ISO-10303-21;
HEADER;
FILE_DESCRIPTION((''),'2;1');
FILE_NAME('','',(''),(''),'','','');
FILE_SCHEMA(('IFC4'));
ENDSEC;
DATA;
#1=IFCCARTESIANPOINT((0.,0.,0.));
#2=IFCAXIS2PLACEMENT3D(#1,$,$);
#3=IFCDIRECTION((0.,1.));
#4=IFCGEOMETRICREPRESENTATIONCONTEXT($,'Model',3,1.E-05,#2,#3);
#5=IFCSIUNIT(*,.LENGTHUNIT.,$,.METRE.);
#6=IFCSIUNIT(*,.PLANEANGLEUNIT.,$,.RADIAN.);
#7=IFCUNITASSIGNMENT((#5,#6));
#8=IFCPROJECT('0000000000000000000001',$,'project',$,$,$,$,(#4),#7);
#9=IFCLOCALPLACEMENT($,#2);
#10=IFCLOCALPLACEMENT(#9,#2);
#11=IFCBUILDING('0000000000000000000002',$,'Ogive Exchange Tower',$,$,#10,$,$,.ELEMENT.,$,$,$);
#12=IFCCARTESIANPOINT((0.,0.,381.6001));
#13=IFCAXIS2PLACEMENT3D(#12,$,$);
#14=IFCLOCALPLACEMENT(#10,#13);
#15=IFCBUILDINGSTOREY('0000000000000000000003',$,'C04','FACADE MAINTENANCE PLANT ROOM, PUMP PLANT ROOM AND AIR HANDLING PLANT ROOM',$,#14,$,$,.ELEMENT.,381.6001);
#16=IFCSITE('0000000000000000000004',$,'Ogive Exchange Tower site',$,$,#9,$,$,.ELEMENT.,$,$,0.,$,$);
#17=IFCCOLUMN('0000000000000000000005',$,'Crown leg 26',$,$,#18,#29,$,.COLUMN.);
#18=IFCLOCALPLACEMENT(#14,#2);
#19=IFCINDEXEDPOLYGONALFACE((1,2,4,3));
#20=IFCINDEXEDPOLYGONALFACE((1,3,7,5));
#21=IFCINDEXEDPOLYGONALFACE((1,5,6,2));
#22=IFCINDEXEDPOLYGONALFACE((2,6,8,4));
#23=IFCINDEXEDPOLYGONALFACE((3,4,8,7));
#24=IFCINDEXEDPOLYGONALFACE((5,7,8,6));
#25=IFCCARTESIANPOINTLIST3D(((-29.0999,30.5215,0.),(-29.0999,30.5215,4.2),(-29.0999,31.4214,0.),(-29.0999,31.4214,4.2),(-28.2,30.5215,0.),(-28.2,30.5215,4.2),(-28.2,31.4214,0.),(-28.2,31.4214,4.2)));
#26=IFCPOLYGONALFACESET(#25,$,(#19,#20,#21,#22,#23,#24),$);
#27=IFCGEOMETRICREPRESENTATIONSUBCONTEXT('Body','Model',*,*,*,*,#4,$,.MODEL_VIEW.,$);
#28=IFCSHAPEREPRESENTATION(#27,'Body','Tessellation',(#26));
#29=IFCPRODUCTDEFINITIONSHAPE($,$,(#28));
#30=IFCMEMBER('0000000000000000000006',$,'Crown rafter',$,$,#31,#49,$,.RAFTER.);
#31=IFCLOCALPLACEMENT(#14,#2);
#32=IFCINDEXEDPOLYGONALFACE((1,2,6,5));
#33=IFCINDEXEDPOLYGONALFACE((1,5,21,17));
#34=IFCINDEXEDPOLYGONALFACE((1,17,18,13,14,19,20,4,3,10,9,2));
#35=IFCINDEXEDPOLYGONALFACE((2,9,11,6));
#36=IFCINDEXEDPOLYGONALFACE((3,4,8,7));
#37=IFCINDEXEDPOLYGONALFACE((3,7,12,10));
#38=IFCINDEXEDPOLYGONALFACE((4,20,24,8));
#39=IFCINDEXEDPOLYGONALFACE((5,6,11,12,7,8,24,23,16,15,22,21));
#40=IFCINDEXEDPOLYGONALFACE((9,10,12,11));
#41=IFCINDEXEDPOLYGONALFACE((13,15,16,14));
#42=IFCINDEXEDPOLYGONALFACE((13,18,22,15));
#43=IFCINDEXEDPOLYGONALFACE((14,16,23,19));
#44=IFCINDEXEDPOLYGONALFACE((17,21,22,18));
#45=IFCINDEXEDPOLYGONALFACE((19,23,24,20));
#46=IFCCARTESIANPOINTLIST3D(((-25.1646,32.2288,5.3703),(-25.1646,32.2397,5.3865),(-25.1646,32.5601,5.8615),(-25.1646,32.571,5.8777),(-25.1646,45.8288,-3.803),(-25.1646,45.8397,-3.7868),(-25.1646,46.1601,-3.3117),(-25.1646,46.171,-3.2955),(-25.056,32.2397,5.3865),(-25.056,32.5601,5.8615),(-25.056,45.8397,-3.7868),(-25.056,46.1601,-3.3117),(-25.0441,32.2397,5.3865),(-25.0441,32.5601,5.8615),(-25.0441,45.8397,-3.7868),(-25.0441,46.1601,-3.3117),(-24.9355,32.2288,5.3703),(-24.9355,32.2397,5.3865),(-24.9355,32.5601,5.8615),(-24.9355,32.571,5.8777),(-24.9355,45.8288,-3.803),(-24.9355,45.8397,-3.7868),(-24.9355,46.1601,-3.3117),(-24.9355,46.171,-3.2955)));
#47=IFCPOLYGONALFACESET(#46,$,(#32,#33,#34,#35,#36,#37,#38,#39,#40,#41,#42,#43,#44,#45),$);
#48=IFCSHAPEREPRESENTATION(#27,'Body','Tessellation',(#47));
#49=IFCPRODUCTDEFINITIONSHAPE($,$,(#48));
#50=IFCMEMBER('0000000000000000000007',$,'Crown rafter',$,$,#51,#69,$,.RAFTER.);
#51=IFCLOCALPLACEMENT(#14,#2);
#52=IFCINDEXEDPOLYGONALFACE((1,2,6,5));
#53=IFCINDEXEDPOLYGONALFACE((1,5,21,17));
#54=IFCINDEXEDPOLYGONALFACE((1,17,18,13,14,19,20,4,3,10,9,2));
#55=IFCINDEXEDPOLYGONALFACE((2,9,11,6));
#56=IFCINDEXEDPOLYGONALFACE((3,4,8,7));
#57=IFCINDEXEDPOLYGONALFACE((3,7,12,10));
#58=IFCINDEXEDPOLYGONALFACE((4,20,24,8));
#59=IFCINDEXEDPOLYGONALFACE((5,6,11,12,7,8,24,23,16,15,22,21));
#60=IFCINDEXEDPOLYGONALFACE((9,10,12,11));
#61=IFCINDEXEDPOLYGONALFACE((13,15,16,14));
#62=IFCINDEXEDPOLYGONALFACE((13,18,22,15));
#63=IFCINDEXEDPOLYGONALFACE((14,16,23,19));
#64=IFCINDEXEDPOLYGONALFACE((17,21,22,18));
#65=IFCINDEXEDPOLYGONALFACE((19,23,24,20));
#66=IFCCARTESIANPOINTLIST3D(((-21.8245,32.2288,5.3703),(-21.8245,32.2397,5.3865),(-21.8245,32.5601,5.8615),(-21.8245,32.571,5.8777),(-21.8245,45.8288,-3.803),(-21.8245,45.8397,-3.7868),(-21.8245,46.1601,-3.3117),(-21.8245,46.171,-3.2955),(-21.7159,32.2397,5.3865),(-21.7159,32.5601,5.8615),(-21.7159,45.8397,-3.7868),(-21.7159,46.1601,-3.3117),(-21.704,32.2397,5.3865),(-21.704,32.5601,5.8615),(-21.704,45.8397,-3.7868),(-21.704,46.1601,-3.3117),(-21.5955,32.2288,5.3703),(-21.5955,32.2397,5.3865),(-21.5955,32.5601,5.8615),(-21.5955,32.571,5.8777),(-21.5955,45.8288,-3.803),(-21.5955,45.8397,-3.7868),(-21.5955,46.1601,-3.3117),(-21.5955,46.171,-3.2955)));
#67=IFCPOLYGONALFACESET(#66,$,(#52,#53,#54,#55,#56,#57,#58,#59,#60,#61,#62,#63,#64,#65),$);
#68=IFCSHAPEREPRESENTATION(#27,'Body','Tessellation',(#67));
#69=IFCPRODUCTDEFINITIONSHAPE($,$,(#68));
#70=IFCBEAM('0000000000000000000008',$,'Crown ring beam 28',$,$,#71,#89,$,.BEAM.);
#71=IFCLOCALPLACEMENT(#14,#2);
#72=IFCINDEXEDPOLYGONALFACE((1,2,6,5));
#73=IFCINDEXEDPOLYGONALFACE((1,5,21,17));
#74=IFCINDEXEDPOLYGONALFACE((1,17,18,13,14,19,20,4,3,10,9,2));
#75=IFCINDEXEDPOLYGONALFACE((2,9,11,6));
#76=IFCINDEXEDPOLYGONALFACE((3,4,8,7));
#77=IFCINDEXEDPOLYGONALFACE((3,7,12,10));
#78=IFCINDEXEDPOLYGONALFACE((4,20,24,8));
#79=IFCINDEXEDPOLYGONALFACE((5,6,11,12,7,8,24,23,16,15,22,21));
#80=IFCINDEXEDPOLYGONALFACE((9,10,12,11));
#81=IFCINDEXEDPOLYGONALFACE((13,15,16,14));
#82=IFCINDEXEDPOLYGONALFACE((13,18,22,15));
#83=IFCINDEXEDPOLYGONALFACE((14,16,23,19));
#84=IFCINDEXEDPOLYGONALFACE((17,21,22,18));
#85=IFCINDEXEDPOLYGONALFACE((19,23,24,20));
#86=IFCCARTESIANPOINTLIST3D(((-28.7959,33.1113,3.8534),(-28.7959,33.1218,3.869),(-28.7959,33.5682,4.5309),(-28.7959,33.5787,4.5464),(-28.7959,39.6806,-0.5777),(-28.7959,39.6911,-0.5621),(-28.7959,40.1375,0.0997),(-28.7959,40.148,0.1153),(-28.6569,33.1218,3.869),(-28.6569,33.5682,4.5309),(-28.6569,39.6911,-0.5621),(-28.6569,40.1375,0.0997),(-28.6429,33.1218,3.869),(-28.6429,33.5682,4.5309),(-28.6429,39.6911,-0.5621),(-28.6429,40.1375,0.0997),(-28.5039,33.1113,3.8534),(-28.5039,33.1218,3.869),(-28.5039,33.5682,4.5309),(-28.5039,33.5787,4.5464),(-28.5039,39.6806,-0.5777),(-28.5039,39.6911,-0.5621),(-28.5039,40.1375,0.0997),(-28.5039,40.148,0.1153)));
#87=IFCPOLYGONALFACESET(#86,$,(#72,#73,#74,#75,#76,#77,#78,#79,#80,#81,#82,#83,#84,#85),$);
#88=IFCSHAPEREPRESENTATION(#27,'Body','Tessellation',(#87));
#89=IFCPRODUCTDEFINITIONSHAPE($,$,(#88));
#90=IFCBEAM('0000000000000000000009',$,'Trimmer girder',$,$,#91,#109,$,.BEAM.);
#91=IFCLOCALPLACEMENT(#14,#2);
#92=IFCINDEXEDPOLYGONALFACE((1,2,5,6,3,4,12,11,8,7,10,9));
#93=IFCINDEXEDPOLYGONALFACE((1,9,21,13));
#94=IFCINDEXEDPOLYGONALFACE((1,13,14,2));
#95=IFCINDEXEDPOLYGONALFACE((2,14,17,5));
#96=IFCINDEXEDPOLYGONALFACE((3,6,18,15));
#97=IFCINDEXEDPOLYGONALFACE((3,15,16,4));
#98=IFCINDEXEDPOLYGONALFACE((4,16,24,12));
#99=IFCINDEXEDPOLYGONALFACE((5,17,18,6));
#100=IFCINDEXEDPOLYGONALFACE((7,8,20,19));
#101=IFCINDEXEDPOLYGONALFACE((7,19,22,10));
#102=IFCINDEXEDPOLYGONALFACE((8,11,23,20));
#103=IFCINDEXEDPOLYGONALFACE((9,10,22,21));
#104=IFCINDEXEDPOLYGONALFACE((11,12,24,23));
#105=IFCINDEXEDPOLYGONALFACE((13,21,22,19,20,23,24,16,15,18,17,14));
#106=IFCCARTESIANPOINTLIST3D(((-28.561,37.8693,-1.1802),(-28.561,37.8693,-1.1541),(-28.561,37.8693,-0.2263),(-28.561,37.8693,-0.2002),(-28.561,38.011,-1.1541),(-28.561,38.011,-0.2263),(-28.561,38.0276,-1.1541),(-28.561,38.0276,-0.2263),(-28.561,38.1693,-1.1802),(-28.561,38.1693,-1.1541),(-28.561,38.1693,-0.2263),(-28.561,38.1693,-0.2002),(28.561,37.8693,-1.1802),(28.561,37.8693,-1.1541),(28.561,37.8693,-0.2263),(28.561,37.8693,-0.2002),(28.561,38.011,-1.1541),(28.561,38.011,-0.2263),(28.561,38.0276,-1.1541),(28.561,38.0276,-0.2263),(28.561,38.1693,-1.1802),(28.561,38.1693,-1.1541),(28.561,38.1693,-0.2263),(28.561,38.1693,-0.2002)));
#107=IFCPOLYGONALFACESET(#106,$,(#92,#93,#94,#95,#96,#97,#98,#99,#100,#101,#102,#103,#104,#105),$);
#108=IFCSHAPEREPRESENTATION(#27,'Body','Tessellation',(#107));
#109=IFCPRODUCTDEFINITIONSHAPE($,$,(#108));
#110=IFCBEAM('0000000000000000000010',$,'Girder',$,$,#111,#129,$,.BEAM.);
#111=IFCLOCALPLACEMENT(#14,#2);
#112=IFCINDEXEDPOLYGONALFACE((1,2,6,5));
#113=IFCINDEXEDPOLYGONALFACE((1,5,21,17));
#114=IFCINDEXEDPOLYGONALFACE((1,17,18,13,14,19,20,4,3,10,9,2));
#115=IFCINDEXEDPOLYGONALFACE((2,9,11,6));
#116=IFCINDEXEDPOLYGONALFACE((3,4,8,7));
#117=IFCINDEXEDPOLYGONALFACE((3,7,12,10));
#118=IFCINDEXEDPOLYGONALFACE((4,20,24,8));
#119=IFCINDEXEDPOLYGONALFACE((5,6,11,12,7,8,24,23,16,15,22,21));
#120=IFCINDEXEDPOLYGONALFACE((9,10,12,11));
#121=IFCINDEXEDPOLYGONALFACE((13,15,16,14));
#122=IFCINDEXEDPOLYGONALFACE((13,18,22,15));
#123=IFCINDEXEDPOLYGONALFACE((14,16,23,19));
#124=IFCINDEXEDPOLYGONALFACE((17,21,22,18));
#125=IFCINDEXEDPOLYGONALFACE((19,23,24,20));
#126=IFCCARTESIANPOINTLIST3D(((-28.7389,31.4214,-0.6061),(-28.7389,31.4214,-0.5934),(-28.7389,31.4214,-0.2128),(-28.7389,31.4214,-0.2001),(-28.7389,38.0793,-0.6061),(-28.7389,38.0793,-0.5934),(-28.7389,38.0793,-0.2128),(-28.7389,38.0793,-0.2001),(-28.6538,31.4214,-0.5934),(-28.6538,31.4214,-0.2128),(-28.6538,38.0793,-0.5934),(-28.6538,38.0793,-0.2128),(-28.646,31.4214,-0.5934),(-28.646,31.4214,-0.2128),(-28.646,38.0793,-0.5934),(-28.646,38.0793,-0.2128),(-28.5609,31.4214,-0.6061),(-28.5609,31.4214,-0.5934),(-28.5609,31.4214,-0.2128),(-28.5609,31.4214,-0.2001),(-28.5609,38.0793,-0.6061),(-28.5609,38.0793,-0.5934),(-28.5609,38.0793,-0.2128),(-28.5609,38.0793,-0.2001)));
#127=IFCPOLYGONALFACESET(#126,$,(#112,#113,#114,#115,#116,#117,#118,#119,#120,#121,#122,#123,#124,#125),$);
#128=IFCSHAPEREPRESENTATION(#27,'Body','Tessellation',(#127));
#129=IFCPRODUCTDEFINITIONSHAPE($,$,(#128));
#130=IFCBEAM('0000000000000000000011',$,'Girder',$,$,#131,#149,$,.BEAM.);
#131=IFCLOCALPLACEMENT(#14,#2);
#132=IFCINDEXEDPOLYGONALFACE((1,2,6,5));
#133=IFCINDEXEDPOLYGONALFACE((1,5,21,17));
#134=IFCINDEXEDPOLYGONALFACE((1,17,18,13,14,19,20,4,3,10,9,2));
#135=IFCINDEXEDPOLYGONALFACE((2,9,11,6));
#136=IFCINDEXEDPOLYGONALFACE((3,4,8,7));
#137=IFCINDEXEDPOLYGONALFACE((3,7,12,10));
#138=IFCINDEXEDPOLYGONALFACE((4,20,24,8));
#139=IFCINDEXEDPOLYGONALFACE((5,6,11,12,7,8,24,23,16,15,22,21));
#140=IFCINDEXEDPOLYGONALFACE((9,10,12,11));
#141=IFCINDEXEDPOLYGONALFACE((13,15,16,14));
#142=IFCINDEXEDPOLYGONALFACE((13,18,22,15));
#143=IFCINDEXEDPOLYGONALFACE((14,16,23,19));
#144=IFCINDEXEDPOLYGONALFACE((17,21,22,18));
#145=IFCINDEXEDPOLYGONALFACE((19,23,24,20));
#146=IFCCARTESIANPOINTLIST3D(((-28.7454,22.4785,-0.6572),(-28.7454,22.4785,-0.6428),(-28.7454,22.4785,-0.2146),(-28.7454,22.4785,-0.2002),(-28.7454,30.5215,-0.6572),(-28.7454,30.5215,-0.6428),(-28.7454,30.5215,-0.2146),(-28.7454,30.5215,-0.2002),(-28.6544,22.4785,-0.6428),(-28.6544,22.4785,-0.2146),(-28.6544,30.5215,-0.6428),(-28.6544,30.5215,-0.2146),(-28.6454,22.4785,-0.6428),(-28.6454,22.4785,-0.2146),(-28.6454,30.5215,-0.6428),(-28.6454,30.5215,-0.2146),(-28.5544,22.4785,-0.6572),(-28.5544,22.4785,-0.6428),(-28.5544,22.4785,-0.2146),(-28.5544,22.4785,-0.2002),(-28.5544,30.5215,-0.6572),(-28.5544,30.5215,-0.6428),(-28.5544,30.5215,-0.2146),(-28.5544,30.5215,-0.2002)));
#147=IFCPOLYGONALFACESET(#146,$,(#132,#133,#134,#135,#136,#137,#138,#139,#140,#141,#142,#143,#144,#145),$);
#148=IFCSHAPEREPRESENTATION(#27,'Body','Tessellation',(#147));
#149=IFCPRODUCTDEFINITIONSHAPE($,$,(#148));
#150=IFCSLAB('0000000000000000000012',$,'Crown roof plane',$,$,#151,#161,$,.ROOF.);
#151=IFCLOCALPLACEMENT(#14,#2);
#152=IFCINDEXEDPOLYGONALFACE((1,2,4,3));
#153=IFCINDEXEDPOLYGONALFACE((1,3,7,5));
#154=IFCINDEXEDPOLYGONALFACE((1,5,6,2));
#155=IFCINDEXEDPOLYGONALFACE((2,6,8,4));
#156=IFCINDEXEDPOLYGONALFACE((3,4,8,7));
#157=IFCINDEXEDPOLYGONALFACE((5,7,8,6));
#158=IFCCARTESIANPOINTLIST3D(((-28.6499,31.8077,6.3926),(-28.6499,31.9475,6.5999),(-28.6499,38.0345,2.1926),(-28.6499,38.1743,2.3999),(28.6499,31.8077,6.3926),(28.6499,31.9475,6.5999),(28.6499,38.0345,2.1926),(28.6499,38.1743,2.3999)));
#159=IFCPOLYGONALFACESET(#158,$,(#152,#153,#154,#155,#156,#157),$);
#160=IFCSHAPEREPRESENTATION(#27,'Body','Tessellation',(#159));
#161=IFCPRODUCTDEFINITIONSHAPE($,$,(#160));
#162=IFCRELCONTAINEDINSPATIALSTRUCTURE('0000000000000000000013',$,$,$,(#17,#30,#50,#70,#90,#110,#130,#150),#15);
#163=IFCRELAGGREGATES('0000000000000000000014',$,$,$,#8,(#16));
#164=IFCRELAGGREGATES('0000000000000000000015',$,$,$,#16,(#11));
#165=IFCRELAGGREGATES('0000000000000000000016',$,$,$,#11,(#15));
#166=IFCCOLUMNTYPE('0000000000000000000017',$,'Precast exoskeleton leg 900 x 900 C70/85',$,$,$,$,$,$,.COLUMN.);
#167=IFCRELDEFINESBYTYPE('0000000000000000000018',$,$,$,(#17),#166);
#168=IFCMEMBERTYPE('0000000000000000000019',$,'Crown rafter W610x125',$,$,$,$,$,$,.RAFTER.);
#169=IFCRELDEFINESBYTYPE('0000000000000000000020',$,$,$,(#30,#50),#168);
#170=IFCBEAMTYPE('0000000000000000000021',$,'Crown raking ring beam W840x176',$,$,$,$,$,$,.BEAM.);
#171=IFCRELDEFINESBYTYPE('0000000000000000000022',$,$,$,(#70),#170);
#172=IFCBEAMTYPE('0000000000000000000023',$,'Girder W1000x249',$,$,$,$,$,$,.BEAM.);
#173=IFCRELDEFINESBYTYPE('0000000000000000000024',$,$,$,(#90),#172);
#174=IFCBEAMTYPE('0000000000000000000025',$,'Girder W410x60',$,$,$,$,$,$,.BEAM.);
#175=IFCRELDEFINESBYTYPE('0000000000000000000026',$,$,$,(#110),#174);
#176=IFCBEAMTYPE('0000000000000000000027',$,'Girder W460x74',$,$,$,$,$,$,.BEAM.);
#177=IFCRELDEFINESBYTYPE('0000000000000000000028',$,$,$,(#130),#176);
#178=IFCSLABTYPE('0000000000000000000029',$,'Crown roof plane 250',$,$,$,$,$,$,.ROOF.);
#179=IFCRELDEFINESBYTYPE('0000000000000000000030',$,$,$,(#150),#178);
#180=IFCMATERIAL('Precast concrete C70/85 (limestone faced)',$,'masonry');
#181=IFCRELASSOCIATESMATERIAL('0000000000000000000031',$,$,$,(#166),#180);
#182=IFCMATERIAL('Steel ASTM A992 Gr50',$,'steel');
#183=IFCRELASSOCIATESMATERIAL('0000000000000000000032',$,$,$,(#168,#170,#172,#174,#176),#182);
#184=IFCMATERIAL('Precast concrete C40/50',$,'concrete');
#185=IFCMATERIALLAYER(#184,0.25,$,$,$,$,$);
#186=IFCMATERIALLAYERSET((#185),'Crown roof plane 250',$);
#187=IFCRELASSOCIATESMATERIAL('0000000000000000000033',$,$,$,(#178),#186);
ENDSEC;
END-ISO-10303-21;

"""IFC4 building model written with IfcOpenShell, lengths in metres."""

from ifc_helpers import new_model, si_unit, direction, frame, origin, origin_2d, place, context, subcontext, project, spatial, polyline, rectangle, i_section, outline, extrude, material, layer, layer_set, material_profile, profile_set, type_object, element, save


model = new_model("IFC4")

# Units and contexts
model_context = context("Model", 3, precision=1e-05, world=origin(), true_north=direction((0.0, 1.0)))
body_context = subcontext(model_context, "Body", "Model", "MODEL_VIEW")
ifc_project = project(units=[si_unit("LENGTHUNIT", "METRE"), si_unit("PLANEANGLEUNIT", "RADIAN")], contexts=[model_context])

# Site, building, storey
site_placement = place(None, origin())
site = spatial("IfcSite", under=ifc_project, at=site_placement, Name="Ogive Exchange Tower site", CompositionType="ELEMENT", RefElevation=0.0)
building_placement = place(site_placement, origin())
building = spatial("IfcBuilding", under=site, at=building_placement, Name="Ogive Exchange Tower", CompositionType="ELEMENT")
storey_placement = place(building_placement, frame((0.0, 0.0, 381.6001)))
storey = spatial("IfcBuildingStorey", under=building, at=storey_placement, Name="C04", Description="FACADE MAINTENANCE PLANT ROOM, PUMP PLANT ROOM AND AIR HANDLING PLANT ROOM", CompositionType="ELEMENT", Elevation=381.6001)

# Column
ifc_material_1 = material(Name="Precast concrete C70/85 (limestone faced)", Category="masonry")
ifc_material_profile_1 = material_profile(ifc_material_1, rectangle(XDim=0.8999, YDim=0.8999, at=origin_2d()), Name="900 x 900")
ifc_profile_set_1 = profile_set([ifc_material_profile_1], Name="Precast concrete C70/85 (limestone faced)")
column_type = type_object("IfcColumnType", Name="Precast exoskeleton leg 900 x 900 C70/85", PredefinedType="COLUMN", material=ifc_profile_set_1)
column_placement = place(storey_placement, frame((-28.6499, 30.9714, 0.0), z_axis=(0.0, 0.0, 1.0), x_axis=(1.0, 0.0, 0.0)))
element("IfcColumn", 1, at=column_placement, inside=storey, type_object=column_type, Name="Crown leg 26", PredefinedType="COLUMN", context=body_context, shape_type="SweptSolid", body=[
    extrude(rectangle(XDim=0.8999, YDim=0.8999, at=origin_2d()), origin(), (0.0, 0.0, 1.0), 4.2),
])

# Members
ifc_material_2 = material(Name="Steel ASTM A992 Gr50", Category="steel")
ifc_material_profile_2 = material_profile(ifc_material_2, i_section(OverallWidth=0.229, OverallDepth=0.6121, WebThickness=0.012, FlangeThickness=0.0195, at=origin_2d()), Name="W610x125")
ifc_profile_set_2 = profile_set([ifc_material_profile_2], Name="Steel ASTM A992 Gr50")
member_type = type_object("IfcMemberType", Name="Crown rafter W610x125", PredefinedType="RAFTER", material=ifc_profile_set_2)
for number, where, z_axis, x_axis, name in (
    (2, (-25.05, 32.3999, 5.624), (0.0, 0.829039, -0.559191), (-1.0, 0.0, 0.0), "Crown rafter"),
    (3, (-21.71, 32.3999, 5.624), (0.0, 0.829039, -0.559191), (-1.0, 0.0, 0.0), "Crown rafter"),
):
    element("IfcMember", number, at=place(storey_placement, frame(where, z_axis=z_axis, x_axis=x_axis)), inside=storey, type_object=member_type, Name=name, PredefinedType="RAFTER", context=body_context, shape_type="SweptSolid", body=[
        extrude(i_section(OverallWidth=0.229, OverallDepth=0.6121, WebThickness=0.012, FlangeThickness=0.0195, at=origin_2d()), origin(), (0.0, 0.0, 1.0), 16.4045),
    ])

# Beams
ifc_material_profile_3 = material_profile(ifc_material_2, i_section(OverallWidth=0.292, OverallDepth=0.8359, WebThickness=0.0139, FlangeThickness=0.0188, at=origin_2d()), Name="W840x176")
ifc_profile_set_3 = profile_set([ifc_material_profile_3], Name="Steel ASTM A992 Gr50")
beam_type_1 = type_object("IfcBeamType", Name="Crown raking ring beam W840x176", PredefinedType="BEAM", material=ifc_profile_set_3)
beam_1_placement = place(storey_placement, frame((-28.6499, 39.9143, -0.2312), z_axis=(0.0, -0.829033, 0.5592), x_axis=(1.0, 0.0, 0.0)))
element("IfcBeam", 4, at=beam_1_placement, inside=storey, type_object=beam_type_1, Name="Crown ring beam 28", PredefinedType="BEAM", context=body_context, shape_type="SweptSolid", body=[
    extrude(i_section(OverallWidth=0.292, OverallDepth=0.8359, WebThickness=0.0139, FlangeThickness=0.0188, at=origin_2d()), origin(), (0.0, 0.0, 1.0), 7.9241),
])
ifc_material_profile_4 = material_profile(ifc_material_2, i_section(OverallWidth=0.3, OverallDepth=0.98, WebThickness=0.0166, FlangeThickness=0.0261, at=origin_2d()), Name="W1000x249")
ifc_profile_set_4 = profile_set([ifc_material_profile_4], Name="Steel ASTM A992 Gr50")
beam_type_2 = type_object("IfcBeamType", Name="Girder W1000x249", PredefinedType="BEAM", material=ifc_profile_set_4)
beam_2_placement = place(storey_placement, frame((-28.561, 38.0193, -0.6902), z_axis=(1.0, 0.0, 0.0), x_axis=(0.0, 1.0, 0.0)))
element("IfcBeam", 5, at=beam_2_placement, inside=storey, type_object=beam_type_2, Name="Trimmer girder", PredefinedType="BEAM", context=body_context, shape_type="SweptSolid", body=[
    extrude(i_section(OverallWidth=0.3, OverallDepth=0.98, WebThickness=0.0166, FlangeThickness=0.0261, at=origin_2d()), origin(), (0.0, 0.0, 1.0), 57.1221),
])
ifc_material_profile_5 = material_profile(ifc_material_2, i_section(OverallWidth=0.178, OverallDepth=0.406, WebThickness=0.0078, FlangeThickness=0.0127, at=origin_2d()), Name="W410x60")
ifc_profile_set_5 = profile_set([ifc_material_profile_5], Name="Steel ASTM A992 Gr50")
beam_type_3 = type_object("IfcBeamType", Name="Girder W410x60", PredefinedType="BEAM", material=ifc_profile_set_5)
beam_3_placement = place(storey_placement, frame((-28.6499, 38.0793, -0.4031), z_axis=(0.0, -1.0, 0.0), x_axis=(1.0, 0.0, 0.0)))
element("IfcBeam", 6, at=beam_3_placement, inside=storey, type_object=beam_type_3, Name="Girder", PredefinedType="BEAM", context=body_context, shape_type="SweptSolid", body=[
    extrude(i_section(OverallWidth=0.178, OverallDepth=0.406, WebThickness=0.0078, FlangeThickness=0.0127, at=origin_2d()), origin(), (0.0, 0.0, 1.0), 6.658),
])
ifc_material_profile_6 = material_profile(ifc_material_2, i_section(OverallWidth=0.1909, OverallDepth=0.457, WebThickness=0.009, FlangeThickness=0.0144, at=origin_2d()), Name="W460x74")
ifc_profile_set_6 = profile_set([ifc_material_profile_6], Name="Steel ASTM A992 Gr50")
beam_type_4 = type_object("IfcBeamType", Name="Girder W460x74", PredefinedType="BEAM", material=ifc_profile_set_6)
beam_4_placement = place(storey_placement, frame((-28.6499, 30.5215, -0.4287), z_axis=(0.0, -1.0, 0.0), x_axis=(1.0, 0.0, 0.0)))
element("IfcBeam", 7, at=beam_4_placement, inside=storey, type_object=beam_type_4, Name="Girder", PredefinedType="BEAM", context=body_context, shape_type="SweptSolid", body=[
    extrude(i_section(OverallWidth=0.1909, OverallDepth=0.457, WebThickness=0.009, FlangeThickness=0.0144, at=origin_2d()), origin(), (0.0, 0.0, 1.0), 8.043),
])

# Slab
ifc_material_3 = material(Name="Precast concrete C40/50", Category="concrete")
ifc_layer_1 = layer(ifc_material_3, 0.25)
ifc_layer_set_1 = layer_set([ifc_layer_1], Name="Crown roof plane 250")
slab_type = type_object("IfcSlabType", Name="Crown roof plane 250", PredefinedType="ROOF", material=ifc_layer_set_1)
slab_placement = place(storey_placement, frame((-28.6499, 31.9475, 6.5999), z_axis=(0.0, 0.559185, 0.829043), x_axis=(0.0, 0.829043, -0.559185)))
element("IfcSlab", 8, at=slab_placement, inside=storey, type_object=slab_type, Name="Crown roof plane", PredefinedType="ROOF", context=body_context, shape_type="SweptSolid", body=[
    extrude(outline(polyline([(0.0, 0.0), (7.5108, 0.0), (7.5108, -57.2998), (0.0, -57.2998), (0.0, 0.0)])), origin(), (0.0, 0.0, -1.0), 0.25),
])

save(model, "model.ifc")
